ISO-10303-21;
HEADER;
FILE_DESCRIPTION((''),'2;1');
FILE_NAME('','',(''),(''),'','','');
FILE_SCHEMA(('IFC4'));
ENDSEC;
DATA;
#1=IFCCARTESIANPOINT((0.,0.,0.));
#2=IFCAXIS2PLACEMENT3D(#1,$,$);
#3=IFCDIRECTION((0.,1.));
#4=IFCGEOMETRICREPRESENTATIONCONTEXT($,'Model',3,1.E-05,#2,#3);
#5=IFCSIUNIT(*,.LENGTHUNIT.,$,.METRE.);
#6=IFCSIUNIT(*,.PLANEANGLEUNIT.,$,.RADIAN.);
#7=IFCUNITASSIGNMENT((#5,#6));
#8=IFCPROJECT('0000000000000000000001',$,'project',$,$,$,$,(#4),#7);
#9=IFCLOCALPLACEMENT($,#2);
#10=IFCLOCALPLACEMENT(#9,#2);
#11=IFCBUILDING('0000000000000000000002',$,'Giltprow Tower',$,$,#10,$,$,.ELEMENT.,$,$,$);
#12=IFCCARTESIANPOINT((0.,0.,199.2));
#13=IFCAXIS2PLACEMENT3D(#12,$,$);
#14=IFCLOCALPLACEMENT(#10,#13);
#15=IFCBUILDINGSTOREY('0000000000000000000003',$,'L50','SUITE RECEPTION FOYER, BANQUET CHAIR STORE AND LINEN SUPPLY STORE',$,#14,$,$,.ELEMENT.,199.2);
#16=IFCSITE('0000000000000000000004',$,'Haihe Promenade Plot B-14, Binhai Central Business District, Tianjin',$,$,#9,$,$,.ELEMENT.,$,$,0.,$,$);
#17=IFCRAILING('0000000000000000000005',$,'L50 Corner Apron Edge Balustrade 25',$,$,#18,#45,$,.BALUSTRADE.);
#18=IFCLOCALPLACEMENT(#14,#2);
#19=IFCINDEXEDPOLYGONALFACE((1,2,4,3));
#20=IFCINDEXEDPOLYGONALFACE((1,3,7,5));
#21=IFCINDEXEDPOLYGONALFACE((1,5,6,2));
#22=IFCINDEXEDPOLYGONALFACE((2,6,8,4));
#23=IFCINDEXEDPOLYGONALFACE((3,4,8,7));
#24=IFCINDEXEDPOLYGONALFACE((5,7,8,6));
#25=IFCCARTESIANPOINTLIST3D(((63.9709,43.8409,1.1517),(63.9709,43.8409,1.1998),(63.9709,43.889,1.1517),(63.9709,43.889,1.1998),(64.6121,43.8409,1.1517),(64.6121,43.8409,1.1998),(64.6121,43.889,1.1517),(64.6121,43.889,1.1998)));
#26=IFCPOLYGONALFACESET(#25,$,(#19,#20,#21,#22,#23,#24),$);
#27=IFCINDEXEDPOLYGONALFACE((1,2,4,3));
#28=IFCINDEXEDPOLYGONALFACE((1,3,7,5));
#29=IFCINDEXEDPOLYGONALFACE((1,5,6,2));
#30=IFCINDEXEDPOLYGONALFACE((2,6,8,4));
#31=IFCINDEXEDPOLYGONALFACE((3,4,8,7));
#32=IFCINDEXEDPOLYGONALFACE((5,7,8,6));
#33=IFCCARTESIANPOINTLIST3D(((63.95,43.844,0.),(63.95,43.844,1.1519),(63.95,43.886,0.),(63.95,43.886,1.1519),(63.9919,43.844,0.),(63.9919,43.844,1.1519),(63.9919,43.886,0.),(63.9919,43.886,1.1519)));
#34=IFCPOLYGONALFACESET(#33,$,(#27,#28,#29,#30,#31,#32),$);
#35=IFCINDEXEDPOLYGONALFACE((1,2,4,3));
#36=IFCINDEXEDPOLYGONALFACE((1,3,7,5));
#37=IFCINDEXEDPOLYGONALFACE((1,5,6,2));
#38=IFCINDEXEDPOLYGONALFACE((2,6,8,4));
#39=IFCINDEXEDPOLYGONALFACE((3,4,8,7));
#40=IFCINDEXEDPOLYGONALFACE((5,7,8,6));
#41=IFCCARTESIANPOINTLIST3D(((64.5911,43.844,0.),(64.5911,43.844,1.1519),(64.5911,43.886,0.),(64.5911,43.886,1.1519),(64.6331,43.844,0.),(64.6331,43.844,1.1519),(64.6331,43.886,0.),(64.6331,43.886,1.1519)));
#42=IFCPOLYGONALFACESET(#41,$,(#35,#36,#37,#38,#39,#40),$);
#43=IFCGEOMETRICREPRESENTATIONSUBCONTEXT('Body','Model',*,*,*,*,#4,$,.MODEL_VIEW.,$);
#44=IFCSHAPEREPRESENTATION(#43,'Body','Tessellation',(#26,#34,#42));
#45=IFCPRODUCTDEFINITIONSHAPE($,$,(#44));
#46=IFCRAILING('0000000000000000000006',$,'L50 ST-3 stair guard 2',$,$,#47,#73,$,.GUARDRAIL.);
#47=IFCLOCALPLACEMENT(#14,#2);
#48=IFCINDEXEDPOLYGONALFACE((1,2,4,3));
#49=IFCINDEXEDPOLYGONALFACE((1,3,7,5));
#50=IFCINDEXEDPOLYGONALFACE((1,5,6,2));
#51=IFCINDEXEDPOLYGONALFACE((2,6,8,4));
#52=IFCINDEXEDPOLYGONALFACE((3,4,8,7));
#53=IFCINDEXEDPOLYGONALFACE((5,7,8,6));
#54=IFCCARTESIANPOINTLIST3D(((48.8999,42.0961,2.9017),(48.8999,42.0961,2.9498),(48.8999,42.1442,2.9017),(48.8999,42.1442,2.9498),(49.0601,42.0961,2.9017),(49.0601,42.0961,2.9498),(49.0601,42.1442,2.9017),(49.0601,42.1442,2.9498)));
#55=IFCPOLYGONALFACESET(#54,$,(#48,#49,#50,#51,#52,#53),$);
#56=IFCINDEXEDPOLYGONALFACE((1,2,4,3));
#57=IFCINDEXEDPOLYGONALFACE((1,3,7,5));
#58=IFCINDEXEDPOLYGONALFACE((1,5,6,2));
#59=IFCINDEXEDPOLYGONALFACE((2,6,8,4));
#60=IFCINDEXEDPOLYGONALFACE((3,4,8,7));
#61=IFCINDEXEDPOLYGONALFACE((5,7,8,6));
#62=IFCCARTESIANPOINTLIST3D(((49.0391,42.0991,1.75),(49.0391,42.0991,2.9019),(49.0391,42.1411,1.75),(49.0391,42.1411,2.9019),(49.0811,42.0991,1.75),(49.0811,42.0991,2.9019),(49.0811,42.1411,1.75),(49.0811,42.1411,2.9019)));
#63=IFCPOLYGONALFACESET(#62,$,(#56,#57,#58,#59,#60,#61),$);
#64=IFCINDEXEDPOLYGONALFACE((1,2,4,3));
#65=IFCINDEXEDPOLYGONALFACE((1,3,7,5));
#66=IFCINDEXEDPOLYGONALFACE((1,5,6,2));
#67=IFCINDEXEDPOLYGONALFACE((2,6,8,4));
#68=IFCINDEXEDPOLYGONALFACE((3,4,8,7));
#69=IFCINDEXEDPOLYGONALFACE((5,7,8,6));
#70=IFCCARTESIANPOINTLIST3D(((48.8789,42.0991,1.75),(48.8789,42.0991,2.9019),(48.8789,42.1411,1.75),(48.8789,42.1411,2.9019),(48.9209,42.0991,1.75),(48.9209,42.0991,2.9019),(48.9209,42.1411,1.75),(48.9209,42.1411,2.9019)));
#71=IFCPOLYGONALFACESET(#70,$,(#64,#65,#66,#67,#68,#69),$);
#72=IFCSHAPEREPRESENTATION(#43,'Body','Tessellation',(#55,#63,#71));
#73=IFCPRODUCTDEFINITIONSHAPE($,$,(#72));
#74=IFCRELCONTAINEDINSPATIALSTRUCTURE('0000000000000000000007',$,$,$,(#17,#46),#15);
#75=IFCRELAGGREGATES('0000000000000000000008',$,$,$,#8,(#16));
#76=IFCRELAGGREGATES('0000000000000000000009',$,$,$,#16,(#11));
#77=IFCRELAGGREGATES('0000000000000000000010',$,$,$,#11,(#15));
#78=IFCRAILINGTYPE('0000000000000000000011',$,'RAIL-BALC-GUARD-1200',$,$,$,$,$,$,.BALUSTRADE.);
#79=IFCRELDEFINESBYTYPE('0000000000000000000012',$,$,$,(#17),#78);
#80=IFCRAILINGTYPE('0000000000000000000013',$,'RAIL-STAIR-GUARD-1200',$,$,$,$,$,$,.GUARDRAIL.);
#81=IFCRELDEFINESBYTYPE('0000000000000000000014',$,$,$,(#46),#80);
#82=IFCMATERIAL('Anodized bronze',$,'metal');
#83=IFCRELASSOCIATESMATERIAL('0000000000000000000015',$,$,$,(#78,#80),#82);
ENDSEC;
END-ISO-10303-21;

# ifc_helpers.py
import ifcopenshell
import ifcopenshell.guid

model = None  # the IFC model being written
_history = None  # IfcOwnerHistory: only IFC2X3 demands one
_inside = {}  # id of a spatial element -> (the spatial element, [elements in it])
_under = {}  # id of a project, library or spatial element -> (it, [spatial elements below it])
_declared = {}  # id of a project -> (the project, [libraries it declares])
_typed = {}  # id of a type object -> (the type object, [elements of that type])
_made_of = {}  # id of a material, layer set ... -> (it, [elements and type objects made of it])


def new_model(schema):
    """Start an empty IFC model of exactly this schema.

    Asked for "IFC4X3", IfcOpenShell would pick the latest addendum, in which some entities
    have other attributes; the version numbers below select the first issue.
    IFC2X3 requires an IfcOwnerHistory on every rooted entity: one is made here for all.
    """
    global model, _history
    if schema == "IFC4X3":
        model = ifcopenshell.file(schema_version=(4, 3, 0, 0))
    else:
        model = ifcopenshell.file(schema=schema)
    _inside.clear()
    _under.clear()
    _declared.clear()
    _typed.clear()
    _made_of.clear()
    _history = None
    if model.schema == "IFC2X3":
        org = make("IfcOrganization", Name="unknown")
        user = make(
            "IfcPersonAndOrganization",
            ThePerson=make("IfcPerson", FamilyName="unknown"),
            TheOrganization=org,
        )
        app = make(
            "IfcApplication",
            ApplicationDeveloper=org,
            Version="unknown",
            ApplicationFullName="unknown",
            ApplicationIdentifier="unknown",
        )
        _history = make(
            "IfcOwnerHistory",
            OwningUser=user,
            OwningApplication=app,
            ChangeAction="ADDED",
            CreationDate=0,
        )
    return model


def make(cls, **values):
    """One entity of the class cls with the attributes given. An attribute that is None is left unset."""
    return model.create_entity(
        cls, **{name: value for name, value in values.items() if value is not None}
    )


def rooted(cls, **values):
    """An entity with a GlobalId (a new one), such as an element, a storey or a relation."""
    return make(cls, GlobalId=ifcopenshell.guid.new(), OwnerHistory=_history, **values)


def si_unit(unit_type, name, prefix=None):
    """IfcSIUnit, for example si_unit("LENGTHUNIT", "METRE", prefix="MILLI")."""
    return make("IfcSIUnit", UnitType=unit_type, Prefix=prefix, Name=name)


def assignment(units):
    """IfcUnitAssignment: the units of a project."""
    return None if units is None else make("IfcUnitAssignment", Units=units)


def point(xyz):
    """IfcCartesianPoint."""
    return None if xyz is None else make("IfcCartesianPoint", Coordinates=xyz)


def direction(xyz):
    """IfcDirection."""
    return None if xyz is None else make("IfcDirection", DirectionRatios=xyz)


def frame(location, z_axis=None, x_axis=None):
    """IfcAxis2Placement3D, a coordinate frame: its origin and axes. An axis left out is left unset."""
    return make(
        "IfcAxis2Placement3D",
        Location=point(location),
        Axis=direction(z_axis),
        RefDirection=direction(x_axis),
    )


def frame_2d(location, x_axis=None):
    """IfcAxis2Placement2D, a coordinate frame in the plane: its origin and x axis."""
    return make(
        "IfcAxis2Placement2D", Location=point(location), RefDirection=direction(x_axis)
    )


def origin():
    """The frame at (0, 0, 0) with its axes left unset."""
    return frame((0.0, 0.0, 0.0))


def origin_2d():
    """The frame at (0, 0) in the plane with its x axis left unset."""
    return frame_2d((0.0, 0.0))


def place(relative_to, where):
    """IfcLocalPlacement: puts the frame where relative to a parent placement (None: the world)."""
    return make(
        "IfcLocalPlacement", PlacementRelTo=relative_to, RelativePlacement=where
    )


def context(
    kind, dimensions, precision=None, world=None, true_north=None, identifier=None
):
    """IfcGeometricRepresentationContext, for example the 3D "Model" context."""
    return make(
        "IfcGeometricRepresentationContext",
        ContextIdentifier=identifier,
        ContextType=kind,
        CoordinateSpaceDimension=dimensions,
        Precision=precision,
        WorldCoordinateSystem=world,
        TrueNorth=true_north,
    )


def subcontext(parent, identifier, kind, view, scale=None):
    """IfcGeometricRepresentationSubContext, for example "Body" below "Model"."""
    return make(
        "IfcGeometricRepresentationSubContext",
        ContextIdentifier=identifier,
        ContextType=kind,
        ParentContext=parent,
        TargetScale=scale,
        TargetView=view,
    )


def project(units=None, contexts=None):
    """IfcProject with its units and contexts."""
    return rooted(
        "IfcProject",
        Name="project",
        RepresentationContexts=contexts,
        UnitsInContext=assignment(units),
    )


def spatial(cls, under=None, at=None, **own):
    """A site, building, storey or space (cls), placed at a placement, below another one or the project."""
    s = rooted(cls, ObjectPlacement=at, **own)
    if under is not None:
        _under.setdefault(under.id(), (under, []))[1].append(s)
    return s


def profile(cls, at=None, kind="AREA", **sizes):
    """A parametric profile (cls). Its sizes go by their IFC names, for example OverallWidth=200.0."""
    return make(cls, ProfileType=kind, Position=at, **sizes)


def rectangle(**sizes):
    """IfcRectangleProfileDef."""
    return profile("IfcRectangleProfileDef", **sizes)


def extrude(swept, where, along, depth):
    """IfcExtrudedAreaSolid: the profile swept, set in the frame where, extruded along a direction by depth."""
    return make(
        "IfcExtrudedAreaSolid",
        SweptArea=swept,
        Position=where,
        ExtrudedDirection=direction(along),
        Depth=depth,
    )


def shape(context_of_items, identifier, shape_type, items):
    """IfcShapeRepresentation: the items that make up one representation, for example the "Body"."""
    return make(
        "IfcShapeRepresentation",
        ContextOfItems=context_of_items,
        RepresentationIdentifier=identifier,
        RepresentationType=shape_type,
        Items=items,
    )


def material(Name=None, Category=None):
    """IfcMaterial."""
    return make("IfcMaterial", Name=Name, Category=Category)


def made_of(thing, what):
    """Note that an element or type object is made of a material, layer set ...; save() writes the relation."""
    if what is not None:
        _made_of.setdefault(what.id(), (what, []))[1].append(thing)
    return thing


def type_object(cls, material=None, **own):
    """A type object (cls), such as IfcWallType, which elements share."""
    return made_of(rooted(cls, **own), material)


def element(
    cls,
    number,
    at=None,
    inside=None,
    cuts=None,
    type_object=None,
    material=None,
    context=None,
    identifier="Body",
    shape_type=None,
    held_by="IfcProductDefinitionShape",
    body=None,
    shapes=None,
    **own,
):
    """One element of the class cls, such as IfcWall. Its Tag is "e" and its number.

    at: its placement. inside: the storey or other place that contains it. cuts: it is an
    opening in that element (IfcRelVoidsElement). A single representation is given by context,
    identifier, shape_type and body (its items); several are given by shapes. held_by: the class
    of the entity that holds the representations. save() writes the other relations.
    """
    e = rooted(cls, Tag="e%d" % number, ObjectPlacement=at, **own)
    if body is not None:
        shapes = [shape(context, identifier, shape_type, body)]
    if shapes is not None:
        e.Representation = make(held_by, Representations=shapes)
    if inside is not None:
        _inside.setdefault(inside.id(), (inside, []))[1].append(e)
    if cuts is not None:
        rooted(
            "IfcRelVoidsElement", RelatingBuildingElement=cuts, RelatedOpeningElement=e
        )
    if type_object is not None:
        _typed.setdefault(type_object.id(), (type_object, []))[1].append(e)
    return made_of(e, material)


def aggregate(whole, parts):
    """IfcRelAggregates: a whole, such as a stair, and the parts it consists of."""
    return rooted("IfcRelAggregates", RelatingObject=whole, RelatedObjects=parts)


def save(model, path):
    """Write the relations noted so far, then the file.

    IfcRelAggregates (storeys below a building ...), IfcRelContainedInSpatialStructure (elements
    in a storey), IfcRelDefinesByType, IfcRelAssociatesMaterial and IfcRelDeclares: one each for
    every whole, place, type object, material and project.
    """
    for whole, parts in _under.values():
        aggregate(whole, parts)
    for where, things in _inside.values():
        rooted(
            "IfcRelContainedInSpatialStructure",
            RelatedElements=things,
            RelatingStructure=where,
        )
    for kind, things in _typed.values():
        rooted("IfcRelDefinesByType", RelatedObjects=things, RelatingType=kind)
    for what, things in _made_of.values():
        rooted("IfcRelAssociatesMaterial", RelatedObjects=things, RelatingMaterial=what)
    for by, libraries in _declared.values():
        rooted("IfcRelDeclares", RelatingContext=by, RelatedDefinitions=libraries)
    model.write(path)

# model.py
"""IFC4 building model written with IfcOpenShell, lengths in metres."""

from ifc_helpers import new_model, si_unit, direction, frame, origin, origin_2d, place, context, subcontext, project, spatial, rectangle, extrude, material, type_object, element, save


model = new_model("IFC4")

# Units and contexts
model_context = context("Model", 3, precision=1e-05, world=origin(), true_north=direction((0.0, 1.0)))
body_context = subcontext(model_context, "Body", "Model", "MODEL_VIEW")
ifc_project = project(units=[si_unit("LENGTHUNIT", "METRE"), si_unit("PLANEANGLEUNIT", "RADIAN")], contexts=[model_context])

# Site, building, storey
site_placement = place(None, origin())
site = spatial("IfcSite", under=ifc_project, at=site_placement, Name="Haihe Promenade Plot B-14, Binhai Central Business District, Tianjin", CompositionType="ELEMENT", RefElevation=0.0)
building_placement = place(site_placement, origin())
building = spatial("IfcBuilding", under=site, at=building_placement, Name="Giltprow Tower", CompositionType="ELEMENT")
storey_placement = place(building_placement, frame((0.0, 0.0, 199.2)))
storey = spatial("IfcBuildingStorey", under=building, at=storey_placement, Name="L50", Description="SUITE RECEPTION FOYER, BANQUET CHAIR STORE AND LINEN SUPPLY STORE", CompositionType="ELEMENT", Elevation=199.2)

# Railings
ifc_material_1 = material(Name="Anodized bronze", Category="metal")
railing_type_1 = type_object("IfcRailingType", Name="RAIL-BALC-GUARD-1200", PredefinedType="BALUSTRADE", material=ifc_material_1)
railing_1_placement = place(storey_placement, frame((63.9709, 43.865, 0.0)))
element("IfcRailing", 1, at=railing_1_placement, inside=storey, type_object=railing_type_1, Name="L50 Corner Apron Edge Balustrade 25", PredefinedType="BALUSTRADE", context=body_context, shape_type="SweptSolid", body=[
    extrude(rectangle(XDim=0.0481, YDim=0.0481, at=origin_2d()), frame((0.0, 0.0, 1.1758), z_axis=(1.0, 0.0, 0.0), x_axis=(0.0, 1.0, 0.0)), (0.0, 0.0, 1.0), 0.6411),
    extrude(rectangle(XDim=0.042, YDim=0.042, at=origin_2d()), origin(), (0.0, 0.0, 1.0), 1.1519),
    extrude(rectangle(XDim=0.042, YDim=0.042, at=origin_2d()), frame((0.6411, 0.0, 0.0)), (0.0, 0.0, 1.0), 1.1519),
])
railing_type_2 = type_object("IfcRailingType", Name="RAIL-STAIR-GUARD-1200", PredefinedType="GUARDRAIL", material=ifc_material_1)
railing_2_placement = place(storey_placement, frame((49.0601, 42.1201, 1.75)))
element("IfcRailing", 2, at=railing_2_placement, inside=storey, type_object=railing_type_2, Name="L50 ST-3 stair guard 2", PredefinedType="GUARDRAIL", context=body_context, shape_type="SweptSolid", body=[
    extrude(rectangle(XDim=0.0481, YDim=0.0481, at=origin_2d()), frame((0.0, 0.0, 1.1758), z_axis=(-1.0, 0.0, 0.0), x_axis=(0.0, -1.0, 0.0)), (0.0, 0.0, 1.0), 0.1602),
    extrude(rectangle(XDim=0.042, YDim=0.042, at=origin_2d()), origin(), (0.0, 0.0, 1.0), 1.1519),
    extrude(rectangle(XDim=0.042, YDim=0.042, at=origin_2d()), frame((-0.1602, 0.0, 0.0)), (0.0, 0.0, 1.0), 1.1519),
])

save(model, "model.ifc")
